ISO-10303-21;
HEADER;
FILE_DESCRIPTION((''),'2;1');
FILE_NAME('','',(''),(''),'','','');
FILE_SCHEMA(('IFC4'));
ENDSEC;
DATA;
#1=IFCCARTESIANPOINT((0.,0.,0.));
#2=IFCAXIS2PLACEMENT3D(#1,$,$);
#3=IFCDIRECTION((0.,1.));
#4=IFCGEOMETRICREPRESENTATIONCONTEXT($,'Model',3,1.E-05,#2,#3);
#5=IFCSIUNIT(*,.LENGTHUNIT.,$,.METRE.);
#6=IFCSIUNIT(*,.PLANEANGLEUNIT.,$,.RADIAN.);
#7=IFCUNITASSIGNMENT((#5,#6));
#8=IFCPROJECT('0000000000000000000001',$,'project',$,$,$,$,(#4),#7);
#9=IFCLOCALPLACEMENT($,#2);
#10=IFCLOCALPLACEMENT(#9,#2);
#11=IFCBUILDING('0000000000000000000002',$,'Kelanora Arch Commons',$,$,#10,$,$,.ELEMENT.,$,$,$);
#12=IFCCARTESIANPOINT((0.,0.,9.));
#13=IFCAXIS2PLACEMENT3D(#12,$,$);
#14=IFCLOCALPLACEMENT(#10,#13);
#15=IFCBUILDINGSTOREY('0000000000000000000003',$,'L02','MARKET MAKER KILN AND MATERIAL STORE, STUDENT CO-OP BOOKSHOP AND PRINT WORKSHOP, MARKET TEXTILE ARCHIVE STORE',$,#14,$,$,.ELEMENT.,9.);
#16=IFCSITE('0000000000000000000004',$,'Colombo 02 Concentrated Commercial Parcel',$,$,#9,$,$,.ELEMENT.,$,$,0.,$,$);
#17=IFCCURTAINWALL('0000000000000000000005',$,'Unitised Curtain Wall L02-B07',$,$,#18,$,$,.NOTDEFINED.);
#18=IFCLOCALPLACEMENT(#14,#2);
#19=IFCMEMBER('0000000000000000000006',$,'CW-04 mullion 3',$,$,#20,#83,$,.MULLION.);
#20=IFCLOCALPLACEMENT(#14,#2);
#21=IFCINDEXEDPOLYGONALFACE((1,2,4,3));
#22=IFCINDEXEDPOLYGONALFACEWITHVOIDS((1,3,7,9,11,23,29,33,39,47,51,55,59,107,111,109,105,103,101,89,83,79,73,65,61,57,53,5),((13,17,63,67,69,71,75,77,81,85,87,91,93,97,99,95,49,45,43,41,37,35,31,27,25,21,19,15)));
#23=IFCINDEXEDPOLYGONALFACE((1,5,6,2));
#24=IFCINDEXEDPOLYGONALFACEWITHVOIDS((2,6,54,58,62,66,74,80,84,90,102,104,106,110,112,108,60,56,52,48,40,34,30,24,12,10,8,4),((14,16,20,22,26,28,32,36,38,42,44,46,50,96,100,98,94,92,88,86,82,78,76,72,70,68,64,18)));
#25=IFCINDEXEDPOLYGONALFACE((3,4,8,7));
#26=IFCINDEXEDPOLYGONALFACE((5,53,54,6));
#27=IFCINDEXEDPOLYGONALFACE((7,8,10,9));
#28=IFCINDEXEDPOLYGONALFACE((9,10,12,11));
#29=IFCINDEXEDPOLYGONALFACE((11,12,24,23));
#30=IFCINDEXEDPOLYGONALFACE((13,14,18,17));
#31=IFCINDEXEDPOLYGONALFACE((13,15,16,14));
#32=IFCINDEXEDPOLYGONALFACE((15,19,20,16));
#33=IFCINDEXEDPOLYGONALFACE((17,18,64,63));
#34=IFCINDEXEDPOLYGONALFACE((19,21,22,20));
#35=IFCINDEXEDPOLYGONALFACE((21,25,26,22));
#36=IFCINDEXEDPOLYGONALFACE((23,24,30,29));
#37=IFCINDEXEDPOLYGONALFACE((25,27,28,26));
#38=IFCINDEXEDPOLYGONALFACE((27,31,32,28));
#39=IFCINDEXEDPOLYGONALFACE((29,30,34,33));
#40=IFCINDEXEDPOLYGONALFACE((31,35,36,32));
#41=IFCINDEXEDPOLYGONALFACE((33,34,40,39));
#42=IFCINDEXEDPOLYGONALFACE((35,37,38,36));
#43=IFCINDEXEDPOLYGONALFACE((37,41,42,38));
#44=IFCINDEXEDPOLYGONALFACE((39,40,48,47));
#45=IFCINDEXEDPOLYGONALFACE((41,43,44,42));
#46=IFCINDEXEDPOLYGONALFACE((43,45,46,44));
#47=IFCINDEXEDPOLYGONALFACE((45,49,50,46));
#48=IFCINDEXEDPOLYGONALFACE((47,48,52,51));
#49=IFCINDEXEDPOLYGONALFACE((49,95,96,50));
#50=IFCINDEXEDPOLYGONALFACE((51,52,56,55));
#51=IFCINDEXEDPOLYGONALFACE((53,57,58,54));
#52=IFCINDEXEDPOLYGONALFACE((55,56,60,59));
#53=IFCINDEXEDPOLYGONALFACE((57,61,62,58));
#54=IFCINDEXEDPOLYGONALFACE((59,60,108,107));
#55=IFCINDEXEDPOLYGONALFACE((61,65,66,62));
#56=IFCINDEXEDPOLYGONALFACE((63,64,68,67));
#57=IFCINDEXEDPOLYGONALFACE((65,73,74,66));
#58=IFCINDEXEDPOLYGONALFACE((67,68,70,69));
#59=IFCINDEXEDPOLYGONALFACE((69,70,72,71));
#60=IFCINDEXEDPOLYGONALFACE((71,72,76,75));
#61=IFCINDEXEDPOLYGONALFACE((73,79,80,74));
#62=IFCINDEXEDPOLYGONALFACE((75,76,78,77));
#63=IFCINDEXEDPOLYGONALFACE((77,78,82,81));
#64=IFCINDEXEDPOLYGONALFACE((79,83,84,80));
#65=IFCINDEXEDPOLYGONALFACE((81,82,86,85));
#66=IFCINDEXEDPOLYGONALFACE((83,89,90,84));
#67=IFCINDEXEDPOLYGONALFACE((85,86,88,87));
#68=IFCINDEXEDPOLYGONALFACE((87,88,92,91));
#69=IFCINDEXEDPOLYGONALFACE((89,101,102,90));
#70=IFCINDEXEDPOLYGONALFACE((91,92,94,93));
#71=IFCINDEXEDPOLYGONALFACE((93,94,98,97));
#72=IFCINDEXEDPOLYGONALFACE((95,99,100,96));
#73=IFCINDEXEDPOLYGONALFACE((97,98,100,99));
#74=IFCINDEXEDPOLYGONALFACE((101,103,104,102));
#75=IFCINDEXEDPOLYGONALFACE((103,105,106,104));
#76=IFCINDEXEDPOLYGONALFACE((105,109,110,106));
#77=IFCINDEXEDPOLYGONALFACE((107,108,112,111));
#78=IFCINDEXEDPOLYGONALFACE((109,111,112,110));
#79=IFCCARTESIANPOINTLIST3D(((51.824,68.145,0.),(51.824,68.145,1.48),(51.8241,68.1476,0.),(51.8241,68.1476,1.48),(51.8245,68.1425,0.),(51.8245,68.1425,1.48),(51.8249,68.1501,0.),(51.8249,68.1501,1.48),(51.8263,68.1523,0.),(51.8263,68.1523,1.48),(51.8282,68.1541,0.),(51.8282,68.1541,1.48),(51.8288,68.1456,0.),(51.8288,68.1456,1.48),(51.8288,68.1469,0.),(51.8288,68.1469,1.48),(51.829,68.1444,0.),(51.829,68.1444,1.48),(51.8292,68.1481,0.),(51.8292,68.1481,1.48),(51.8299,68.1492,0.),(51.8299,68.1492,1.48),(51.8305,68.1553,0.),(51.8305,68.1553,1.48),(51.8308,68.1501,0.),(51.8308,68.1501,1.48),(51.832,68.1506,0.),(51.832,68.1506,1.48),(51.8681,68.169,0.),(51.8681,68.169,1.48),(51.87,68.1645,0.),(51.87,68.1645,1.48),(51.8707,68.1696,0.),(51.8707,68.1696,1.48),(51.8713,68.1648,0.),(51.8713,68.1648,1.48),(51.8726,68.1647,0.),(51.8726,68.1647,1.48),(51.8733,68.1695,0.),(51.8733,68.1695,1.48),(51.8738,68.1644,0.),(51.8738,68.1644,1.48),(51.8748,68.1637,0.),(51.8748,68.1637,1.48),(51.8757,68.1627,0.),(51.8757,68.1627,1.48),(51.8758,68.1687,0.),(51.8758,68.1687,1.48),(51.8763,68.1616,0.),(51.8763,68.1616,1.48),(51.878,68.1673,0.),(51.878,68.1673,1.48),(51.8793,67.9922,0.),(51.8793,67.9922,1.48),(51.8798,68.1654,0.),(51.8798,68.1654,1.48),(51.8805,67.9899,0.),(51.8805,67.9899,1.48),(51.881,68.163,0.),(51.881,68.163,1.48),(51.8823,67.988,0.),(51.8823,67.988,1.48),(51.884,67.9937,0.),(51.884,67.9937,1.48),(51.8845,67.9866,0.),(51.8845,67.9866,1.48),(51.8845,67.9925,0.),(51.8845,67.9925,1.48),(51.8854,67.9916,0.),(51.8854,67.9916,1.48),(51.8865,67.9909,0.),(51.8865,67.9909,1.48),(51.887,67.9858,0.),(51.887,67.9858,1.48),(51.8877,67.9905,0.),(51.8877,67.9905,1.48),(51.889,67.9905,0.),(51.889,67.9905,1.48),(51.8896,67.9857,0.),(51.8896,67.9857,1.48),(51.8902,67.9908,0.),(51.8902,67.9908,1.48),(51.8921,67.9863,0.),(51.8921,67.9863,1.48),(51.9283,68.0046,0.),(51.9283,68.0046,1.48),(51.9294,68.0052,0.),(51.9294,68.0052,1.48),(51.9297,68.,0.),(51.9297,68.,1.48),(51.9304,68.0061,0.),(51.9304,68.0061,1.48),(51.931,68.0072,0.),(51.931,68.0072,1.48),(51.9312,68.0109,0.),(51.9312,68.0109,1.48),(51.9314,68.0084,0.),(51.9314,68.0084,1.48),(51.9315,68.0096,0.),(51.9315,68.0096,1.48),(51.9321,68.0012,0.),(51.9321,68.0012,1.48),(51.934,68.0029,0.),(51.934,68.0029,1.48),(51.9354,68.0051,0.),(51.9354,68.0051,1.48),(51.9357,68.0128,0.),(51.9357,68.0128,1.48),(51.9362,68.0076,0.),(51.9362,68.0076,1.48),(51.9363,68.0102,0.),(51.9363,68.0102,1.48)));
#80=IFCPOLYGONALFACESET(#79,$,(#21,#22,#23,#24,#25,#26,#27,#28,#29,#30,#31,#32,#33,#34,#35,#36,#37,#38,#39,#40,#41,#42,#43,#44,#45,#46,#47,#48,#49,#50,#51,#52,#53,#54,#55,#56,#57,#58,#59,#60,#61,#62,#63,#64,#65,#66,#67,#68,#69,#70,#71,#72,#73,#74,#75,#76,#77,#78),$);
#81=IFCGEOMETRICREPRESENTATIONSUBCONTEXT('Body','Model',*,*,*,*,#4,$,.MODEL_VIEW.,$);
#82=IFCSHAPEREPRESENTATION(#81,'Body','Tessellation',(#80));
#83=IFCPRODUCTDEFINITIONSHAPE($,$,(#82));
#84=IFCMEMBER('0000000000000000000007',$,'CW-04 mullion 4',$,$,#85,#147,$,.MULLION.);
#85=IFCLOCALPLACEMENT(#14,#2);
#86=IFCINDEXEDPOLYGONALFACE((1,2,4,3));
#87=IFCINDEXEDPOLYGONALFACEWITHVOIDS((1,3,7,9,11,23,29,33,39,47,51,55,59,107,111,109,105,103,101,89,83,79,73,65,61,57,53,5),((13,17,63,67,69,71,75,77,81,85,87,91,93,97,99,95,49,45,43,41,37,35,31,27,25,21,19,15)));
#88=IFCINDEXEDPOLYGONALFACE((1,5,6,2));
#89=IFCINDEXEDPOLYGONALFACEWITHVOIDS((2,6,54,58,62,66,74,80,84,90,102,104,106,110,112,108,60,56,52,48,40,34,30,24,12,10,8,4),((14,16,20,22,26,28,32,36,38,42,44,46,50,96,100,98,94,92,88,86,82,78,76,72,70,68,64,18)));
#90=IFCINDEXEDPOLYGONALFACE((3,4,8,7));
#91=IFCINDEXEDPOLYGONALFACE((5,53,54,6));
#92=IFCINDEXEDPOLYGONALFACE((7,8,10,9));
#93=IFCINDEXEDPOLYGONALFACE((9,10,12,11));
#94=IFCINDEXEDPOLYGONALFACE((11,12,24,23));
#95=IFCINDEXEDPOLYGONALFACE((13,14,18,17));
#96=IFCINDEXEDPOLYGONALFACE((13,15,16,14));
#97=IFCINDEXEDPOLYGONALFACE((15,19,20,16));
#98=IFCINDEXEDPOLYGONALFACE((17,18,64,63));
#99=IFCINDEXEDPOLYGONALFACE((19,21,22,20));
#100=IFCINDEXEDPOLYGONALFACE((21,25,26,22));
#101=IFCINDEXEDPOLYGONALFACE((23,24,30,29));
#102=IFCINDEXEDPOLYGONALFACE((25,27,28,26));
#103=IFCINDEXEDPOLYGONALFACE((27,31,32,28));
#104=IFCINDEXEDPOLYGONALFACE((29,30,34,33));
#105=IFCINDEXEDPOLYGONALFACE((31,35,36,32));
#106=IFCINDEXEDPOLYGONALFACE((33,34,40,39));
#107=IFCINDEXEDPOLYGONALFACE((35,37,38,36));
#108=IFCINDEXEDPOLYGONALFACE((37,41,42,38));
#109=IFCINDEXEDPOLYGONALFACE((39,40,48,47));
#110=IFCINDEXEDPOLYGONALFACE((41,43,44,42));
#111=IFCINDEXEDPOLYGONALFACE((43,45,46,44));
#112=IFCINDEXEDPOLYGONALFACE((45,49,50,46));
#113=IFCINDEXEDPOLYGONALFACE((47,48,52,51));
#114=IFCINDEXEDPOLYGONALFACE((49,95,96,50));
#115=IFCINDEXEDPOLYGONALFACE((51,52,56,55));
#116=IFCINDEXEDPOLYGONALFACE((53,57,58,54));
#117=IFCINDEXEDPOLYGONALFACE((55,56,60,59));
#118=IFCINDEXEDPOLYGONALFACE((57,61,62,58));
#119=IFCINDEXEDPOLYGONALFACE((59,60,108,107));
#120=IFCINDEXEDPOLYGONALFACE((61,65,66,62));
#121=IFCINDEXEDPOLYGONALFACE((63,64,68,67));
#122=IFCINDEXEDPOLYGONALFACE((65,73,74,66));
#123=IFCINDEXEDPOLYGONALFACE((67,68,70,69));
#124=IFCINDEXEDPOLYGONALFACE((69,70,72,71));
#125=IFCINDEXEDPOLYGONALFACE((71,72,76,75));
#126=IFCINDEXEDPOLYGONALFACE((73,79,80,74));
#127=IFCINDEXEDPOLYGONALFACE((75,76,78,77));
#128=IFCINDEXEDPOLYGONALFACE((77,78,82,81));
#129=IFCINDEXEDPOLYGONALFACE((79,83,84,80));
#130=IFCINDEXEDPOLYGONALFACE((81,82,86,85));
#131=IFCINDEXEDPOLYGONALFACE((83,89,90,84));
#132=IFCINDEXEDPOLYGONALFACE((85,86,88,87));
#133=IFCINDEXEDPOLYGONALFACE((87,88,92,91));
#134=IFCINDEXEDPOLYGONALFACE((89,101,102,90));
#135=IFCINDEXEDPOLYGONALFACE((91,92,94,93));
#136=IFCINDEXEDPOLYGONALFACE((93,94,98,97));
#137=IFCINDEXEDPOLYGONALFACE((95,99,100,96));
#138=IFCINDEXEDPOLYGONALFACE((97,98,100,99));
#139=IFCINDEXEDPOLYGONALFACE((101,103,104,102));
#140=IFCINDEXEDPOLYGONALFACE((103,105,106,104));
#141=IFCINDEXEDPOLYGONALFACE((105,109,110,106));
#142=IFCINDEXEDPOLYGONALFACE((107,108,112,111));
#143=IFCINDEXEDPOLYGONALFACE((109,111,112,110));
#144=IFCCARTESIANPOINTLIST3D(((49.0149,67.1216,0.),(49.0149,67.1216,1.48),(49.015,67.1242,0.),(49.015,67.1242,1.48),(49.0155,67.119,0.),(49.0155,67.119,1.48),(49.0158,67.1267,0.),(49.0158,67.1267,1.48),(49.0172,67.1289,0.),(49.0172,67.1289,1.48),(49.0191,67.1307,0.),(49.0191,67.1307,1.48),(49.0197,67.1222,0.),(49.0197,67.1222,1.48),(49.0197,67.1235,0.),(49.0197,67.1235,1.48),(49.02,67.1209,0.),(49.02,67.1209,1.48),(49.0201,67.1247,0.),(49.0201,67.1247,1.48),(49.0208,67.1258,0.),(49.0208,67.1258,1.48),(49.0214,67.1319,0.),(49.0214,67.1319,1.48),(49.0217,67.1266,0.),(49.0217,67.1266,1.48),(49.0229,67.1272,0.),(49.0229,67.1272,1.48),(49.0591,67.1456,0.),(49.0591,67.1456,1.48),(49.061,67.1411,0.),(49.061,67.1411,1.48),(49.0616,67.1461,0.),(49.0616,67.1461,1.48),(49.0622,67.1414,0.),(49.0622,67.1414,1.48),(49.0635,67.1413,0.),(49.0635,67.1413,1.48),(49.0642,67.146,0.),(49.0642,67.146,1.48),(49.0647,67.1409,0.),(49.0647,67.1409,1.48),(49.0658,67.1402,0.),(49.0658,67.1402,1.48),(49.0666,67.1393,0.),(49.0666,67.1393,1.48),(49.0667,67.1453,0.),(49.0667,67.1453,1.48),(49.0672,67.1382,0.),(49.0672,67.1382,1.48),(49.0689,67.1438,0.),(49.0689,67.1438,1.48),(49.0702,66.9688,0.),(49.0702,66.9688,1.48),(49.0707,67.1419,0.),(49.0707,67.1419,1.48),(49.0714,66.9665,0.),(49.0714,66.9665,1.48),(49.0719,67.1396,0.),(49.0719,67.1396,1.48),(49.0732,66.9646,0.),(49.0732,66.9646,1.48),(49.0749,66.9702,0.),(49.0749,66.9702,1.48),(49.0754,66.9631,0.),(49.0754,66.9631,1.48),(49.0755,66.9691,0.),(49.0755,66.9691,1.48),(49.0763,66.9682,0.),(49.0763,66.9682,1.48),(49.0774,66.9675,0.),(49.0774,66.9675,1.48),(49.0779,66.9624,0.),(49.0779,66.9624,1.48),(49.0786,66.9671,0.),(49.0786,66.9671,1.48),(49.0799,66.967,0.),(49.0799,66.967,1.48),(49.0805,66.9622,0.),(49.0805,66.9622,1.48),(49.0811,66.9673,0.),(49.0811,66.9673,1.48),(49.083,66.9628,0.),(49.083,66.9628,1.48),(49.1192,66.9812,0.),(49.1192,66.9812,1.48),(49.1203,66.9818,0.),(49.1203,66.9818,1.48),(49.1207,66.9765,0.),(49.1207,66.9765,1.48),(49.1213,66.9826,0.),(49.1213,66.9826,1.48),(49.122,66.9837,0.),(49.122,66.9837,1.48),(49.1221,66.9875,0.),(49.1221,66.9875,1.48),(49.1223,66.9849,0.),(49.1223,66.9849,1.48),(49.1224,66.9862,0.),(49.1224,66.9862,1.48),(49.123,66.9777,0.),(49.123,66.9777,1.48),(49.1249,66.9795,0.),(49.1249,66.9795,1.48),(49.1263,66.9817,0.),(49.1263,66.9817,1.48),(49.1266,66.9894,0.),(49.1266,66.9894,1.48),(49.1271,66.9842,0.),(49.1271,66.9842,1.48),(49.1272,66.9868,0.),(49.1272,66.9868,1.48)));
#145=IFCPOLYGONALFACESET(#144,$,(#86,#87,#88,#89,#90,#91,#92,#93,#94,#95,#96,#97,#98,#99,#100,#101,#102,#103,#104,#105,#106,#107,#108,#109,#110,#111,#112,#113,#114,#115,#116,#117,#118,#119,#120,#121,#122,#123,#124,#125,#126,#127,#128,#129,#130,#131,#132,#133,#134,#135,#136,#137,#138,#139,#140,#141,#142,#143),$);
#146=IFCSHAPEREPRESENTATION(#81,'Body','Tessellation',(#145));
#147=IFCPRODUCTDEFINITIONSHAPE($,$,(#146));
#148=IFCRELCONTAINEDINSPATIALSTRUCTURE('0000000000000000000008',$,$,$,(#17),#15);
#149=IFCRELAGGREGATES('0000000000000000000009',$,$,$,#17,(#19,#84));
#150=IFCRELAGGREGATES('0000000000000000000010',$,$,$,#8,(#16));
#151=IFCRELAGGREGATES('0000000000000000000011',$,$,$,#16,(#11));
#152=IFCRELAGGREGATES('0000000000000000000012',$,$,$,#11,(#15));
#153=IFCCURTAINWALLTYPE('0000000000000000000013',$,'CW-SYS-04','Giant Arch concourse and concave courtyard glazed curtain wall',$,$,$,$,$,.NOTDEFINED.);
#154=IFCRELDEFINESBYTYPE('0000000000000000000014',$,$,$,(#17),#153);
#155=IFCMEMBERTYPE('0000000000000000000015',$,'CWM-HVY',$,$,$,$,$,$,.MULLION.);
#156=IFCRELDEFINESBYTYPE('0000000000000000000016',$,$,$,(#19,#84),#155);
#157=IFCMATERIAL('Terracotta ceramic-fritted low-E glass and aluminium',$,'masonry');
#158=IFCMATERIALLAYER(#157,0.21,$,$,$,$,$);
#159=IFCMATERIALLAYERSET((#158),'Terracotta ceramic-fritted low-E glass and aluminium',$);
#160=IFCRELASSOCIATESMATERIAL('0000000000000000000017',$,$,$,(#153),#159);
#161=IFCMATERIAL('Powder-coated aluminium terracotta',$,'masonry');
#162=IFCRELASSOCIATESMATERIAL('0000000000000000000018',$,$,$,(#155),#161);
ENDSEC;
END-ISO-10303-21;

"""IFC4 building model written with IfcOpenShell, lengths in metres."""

from ifc_helpers import new_model, si_unit, direction, frame, origin, origin_2d, place, context, subcontext, project, spatial, hollow_rectangle, extrude, material, layer, layer_set, material_profile, profile_set, type_object, element, aggregate, save


model = new_model("IFC4")

# Units and contexts
model_context = context("Model", 3, precision=1e-05, world=origin(), true_north=direction((0.0, 1.0)))
body_context = subcontext(model_context, "Body", "Model", "MODEL_VIEW")
ifc_project = project(units=[si_unit("LENGTHUNIT", "METRE"), si_unit("PLANEANGLEUNIT", "RADIAN")], contexts=[model_context])

# Site, building, storey
site_placement = place(None, origin())
site = spatial("IfcSite", under=ifc_project, at=site_placement, Name="Colombo 02 Concentrated Commercial Parcel", CompositionType="ELEMENT", RefElevation=0.0)
building_placement = place(site_placement, origin())
building = spatial("IfcBuilding", under=site, at=building_placement, Name="Kelanora Arch Commons", CompositionType="ELEMENT")
storey_placement = place(building_placement, frame((0.0, 0.0, 9.0)))
storey = spatial("IfcBuildingStorey", under=building, at=storey_placement, Name="L02", Description="MARKET MAKER KILN AND MATERIAL STORE, STUDENT CO-OP BOOKSHOP AND PRINT WORKSHOP, MARKET TEXTILE ARCHIVE STORE", CompositionType="ELEMENT", Elevation=9.0)

# Curtain wall, members
ifc_material_1 = material(Name="Terracotta ceramic-fritted low-E glass and aluminium", Category="masonry")
ifc_layer_1 = layer(ifc_material_1, 0.21)
ifc_layer_set_1 = layer_set([ifc_layer_1], Name="Terracotta ceramic-fritted low-E glass and aluminium")
curtain_wall_type_1 = type_object("IfcCurtainWallType", Name="CW-SYS-04", Description="Giant Arch concourse and concave courtyard glazed curtain wall", PredefinedType="NOTDEFINED", material=ifc_layer_set_1)
curtain_wall_1_placement = place(storey_placement, origin())
curtain_wall_1 = element("IfcCurtainWall", 1, at=curtain_wall_1_placement, inside=storey, type_object=curtain_wall_type_1, Name="Unitised Curtain Wall L02-B07", PredefinedType="NOTDEFINED")
ifc_material_2 = material(Name="Powder-coated aluminium terracotta", Category="masonry")
ifc_material_profile_1 = material_profile(ifc_material_2, hollow_rectangle(XDim=0.1799, YDim=0.0601, WallThickness=0.0049, InnerFilletRadius=0.0049, OuterFilletRadius=0.01, at=origin_2d()), Name="CWM180x60")
ifc_profile_set_1 = profile_set([ifc_material_profile_1], Name="Powder-coated aluminium terracotta")
member_type_1 = type_object("IfcMemberType", Name="CWM-HVY", PredefinedType="MULLION", material=ifc_profile_set_1)
member_1_placement = place(storey_placement, frame((51.8801, 68.0776, 0.0), z_axis=(0.0, 0.0, 1.0), x_axis=(0.342318, -0.939584, 0.0)))
member_1 = element("IfcMember", 2, at=member_1_placement, type_object=member_type_1, Name="CW-04 mullion 3", PredefinedType="MULLION", context=body_context, shape_type="SweptSolid", body=[
    extrude(hollow_rectangle(XDim=0.1799, YDim=0.0601, WallThickness=0.0049, InnerFilletRadius=0.0049, OuterFilletRadius=0.01, at=origin_2d()), origin(), (0.0, 0.0, 1.0), 1.48),
])
member_2_placement = place(storey_placement, frame((49.071, 67.0542, 0.0), z_axis=(0.0, 0.0, 1.0), x_axis=(0.342318, -0.939584, 0.0)))
member_2 = element("IfcMember", 3, at=member_2_placement, type_object=member_type_1, Name="CW-04 mullion 4", PredefinedType="MULLION", context=body_context, shape_type="SweptSolid", body=[
    extrude(hollow_rectangle(XDim=0.1799, YDim=0.0601, WallThickness=0.0049, InnerFilletRadius=0.0049, OuterFilletRadius=0.01, at=origin_2d()), origin(), (0.0, 0.0, 1.0), 1.48),
])

aggregate(curtain_wall_1, [member_1, member_2])

save(model, "model.ifc")
